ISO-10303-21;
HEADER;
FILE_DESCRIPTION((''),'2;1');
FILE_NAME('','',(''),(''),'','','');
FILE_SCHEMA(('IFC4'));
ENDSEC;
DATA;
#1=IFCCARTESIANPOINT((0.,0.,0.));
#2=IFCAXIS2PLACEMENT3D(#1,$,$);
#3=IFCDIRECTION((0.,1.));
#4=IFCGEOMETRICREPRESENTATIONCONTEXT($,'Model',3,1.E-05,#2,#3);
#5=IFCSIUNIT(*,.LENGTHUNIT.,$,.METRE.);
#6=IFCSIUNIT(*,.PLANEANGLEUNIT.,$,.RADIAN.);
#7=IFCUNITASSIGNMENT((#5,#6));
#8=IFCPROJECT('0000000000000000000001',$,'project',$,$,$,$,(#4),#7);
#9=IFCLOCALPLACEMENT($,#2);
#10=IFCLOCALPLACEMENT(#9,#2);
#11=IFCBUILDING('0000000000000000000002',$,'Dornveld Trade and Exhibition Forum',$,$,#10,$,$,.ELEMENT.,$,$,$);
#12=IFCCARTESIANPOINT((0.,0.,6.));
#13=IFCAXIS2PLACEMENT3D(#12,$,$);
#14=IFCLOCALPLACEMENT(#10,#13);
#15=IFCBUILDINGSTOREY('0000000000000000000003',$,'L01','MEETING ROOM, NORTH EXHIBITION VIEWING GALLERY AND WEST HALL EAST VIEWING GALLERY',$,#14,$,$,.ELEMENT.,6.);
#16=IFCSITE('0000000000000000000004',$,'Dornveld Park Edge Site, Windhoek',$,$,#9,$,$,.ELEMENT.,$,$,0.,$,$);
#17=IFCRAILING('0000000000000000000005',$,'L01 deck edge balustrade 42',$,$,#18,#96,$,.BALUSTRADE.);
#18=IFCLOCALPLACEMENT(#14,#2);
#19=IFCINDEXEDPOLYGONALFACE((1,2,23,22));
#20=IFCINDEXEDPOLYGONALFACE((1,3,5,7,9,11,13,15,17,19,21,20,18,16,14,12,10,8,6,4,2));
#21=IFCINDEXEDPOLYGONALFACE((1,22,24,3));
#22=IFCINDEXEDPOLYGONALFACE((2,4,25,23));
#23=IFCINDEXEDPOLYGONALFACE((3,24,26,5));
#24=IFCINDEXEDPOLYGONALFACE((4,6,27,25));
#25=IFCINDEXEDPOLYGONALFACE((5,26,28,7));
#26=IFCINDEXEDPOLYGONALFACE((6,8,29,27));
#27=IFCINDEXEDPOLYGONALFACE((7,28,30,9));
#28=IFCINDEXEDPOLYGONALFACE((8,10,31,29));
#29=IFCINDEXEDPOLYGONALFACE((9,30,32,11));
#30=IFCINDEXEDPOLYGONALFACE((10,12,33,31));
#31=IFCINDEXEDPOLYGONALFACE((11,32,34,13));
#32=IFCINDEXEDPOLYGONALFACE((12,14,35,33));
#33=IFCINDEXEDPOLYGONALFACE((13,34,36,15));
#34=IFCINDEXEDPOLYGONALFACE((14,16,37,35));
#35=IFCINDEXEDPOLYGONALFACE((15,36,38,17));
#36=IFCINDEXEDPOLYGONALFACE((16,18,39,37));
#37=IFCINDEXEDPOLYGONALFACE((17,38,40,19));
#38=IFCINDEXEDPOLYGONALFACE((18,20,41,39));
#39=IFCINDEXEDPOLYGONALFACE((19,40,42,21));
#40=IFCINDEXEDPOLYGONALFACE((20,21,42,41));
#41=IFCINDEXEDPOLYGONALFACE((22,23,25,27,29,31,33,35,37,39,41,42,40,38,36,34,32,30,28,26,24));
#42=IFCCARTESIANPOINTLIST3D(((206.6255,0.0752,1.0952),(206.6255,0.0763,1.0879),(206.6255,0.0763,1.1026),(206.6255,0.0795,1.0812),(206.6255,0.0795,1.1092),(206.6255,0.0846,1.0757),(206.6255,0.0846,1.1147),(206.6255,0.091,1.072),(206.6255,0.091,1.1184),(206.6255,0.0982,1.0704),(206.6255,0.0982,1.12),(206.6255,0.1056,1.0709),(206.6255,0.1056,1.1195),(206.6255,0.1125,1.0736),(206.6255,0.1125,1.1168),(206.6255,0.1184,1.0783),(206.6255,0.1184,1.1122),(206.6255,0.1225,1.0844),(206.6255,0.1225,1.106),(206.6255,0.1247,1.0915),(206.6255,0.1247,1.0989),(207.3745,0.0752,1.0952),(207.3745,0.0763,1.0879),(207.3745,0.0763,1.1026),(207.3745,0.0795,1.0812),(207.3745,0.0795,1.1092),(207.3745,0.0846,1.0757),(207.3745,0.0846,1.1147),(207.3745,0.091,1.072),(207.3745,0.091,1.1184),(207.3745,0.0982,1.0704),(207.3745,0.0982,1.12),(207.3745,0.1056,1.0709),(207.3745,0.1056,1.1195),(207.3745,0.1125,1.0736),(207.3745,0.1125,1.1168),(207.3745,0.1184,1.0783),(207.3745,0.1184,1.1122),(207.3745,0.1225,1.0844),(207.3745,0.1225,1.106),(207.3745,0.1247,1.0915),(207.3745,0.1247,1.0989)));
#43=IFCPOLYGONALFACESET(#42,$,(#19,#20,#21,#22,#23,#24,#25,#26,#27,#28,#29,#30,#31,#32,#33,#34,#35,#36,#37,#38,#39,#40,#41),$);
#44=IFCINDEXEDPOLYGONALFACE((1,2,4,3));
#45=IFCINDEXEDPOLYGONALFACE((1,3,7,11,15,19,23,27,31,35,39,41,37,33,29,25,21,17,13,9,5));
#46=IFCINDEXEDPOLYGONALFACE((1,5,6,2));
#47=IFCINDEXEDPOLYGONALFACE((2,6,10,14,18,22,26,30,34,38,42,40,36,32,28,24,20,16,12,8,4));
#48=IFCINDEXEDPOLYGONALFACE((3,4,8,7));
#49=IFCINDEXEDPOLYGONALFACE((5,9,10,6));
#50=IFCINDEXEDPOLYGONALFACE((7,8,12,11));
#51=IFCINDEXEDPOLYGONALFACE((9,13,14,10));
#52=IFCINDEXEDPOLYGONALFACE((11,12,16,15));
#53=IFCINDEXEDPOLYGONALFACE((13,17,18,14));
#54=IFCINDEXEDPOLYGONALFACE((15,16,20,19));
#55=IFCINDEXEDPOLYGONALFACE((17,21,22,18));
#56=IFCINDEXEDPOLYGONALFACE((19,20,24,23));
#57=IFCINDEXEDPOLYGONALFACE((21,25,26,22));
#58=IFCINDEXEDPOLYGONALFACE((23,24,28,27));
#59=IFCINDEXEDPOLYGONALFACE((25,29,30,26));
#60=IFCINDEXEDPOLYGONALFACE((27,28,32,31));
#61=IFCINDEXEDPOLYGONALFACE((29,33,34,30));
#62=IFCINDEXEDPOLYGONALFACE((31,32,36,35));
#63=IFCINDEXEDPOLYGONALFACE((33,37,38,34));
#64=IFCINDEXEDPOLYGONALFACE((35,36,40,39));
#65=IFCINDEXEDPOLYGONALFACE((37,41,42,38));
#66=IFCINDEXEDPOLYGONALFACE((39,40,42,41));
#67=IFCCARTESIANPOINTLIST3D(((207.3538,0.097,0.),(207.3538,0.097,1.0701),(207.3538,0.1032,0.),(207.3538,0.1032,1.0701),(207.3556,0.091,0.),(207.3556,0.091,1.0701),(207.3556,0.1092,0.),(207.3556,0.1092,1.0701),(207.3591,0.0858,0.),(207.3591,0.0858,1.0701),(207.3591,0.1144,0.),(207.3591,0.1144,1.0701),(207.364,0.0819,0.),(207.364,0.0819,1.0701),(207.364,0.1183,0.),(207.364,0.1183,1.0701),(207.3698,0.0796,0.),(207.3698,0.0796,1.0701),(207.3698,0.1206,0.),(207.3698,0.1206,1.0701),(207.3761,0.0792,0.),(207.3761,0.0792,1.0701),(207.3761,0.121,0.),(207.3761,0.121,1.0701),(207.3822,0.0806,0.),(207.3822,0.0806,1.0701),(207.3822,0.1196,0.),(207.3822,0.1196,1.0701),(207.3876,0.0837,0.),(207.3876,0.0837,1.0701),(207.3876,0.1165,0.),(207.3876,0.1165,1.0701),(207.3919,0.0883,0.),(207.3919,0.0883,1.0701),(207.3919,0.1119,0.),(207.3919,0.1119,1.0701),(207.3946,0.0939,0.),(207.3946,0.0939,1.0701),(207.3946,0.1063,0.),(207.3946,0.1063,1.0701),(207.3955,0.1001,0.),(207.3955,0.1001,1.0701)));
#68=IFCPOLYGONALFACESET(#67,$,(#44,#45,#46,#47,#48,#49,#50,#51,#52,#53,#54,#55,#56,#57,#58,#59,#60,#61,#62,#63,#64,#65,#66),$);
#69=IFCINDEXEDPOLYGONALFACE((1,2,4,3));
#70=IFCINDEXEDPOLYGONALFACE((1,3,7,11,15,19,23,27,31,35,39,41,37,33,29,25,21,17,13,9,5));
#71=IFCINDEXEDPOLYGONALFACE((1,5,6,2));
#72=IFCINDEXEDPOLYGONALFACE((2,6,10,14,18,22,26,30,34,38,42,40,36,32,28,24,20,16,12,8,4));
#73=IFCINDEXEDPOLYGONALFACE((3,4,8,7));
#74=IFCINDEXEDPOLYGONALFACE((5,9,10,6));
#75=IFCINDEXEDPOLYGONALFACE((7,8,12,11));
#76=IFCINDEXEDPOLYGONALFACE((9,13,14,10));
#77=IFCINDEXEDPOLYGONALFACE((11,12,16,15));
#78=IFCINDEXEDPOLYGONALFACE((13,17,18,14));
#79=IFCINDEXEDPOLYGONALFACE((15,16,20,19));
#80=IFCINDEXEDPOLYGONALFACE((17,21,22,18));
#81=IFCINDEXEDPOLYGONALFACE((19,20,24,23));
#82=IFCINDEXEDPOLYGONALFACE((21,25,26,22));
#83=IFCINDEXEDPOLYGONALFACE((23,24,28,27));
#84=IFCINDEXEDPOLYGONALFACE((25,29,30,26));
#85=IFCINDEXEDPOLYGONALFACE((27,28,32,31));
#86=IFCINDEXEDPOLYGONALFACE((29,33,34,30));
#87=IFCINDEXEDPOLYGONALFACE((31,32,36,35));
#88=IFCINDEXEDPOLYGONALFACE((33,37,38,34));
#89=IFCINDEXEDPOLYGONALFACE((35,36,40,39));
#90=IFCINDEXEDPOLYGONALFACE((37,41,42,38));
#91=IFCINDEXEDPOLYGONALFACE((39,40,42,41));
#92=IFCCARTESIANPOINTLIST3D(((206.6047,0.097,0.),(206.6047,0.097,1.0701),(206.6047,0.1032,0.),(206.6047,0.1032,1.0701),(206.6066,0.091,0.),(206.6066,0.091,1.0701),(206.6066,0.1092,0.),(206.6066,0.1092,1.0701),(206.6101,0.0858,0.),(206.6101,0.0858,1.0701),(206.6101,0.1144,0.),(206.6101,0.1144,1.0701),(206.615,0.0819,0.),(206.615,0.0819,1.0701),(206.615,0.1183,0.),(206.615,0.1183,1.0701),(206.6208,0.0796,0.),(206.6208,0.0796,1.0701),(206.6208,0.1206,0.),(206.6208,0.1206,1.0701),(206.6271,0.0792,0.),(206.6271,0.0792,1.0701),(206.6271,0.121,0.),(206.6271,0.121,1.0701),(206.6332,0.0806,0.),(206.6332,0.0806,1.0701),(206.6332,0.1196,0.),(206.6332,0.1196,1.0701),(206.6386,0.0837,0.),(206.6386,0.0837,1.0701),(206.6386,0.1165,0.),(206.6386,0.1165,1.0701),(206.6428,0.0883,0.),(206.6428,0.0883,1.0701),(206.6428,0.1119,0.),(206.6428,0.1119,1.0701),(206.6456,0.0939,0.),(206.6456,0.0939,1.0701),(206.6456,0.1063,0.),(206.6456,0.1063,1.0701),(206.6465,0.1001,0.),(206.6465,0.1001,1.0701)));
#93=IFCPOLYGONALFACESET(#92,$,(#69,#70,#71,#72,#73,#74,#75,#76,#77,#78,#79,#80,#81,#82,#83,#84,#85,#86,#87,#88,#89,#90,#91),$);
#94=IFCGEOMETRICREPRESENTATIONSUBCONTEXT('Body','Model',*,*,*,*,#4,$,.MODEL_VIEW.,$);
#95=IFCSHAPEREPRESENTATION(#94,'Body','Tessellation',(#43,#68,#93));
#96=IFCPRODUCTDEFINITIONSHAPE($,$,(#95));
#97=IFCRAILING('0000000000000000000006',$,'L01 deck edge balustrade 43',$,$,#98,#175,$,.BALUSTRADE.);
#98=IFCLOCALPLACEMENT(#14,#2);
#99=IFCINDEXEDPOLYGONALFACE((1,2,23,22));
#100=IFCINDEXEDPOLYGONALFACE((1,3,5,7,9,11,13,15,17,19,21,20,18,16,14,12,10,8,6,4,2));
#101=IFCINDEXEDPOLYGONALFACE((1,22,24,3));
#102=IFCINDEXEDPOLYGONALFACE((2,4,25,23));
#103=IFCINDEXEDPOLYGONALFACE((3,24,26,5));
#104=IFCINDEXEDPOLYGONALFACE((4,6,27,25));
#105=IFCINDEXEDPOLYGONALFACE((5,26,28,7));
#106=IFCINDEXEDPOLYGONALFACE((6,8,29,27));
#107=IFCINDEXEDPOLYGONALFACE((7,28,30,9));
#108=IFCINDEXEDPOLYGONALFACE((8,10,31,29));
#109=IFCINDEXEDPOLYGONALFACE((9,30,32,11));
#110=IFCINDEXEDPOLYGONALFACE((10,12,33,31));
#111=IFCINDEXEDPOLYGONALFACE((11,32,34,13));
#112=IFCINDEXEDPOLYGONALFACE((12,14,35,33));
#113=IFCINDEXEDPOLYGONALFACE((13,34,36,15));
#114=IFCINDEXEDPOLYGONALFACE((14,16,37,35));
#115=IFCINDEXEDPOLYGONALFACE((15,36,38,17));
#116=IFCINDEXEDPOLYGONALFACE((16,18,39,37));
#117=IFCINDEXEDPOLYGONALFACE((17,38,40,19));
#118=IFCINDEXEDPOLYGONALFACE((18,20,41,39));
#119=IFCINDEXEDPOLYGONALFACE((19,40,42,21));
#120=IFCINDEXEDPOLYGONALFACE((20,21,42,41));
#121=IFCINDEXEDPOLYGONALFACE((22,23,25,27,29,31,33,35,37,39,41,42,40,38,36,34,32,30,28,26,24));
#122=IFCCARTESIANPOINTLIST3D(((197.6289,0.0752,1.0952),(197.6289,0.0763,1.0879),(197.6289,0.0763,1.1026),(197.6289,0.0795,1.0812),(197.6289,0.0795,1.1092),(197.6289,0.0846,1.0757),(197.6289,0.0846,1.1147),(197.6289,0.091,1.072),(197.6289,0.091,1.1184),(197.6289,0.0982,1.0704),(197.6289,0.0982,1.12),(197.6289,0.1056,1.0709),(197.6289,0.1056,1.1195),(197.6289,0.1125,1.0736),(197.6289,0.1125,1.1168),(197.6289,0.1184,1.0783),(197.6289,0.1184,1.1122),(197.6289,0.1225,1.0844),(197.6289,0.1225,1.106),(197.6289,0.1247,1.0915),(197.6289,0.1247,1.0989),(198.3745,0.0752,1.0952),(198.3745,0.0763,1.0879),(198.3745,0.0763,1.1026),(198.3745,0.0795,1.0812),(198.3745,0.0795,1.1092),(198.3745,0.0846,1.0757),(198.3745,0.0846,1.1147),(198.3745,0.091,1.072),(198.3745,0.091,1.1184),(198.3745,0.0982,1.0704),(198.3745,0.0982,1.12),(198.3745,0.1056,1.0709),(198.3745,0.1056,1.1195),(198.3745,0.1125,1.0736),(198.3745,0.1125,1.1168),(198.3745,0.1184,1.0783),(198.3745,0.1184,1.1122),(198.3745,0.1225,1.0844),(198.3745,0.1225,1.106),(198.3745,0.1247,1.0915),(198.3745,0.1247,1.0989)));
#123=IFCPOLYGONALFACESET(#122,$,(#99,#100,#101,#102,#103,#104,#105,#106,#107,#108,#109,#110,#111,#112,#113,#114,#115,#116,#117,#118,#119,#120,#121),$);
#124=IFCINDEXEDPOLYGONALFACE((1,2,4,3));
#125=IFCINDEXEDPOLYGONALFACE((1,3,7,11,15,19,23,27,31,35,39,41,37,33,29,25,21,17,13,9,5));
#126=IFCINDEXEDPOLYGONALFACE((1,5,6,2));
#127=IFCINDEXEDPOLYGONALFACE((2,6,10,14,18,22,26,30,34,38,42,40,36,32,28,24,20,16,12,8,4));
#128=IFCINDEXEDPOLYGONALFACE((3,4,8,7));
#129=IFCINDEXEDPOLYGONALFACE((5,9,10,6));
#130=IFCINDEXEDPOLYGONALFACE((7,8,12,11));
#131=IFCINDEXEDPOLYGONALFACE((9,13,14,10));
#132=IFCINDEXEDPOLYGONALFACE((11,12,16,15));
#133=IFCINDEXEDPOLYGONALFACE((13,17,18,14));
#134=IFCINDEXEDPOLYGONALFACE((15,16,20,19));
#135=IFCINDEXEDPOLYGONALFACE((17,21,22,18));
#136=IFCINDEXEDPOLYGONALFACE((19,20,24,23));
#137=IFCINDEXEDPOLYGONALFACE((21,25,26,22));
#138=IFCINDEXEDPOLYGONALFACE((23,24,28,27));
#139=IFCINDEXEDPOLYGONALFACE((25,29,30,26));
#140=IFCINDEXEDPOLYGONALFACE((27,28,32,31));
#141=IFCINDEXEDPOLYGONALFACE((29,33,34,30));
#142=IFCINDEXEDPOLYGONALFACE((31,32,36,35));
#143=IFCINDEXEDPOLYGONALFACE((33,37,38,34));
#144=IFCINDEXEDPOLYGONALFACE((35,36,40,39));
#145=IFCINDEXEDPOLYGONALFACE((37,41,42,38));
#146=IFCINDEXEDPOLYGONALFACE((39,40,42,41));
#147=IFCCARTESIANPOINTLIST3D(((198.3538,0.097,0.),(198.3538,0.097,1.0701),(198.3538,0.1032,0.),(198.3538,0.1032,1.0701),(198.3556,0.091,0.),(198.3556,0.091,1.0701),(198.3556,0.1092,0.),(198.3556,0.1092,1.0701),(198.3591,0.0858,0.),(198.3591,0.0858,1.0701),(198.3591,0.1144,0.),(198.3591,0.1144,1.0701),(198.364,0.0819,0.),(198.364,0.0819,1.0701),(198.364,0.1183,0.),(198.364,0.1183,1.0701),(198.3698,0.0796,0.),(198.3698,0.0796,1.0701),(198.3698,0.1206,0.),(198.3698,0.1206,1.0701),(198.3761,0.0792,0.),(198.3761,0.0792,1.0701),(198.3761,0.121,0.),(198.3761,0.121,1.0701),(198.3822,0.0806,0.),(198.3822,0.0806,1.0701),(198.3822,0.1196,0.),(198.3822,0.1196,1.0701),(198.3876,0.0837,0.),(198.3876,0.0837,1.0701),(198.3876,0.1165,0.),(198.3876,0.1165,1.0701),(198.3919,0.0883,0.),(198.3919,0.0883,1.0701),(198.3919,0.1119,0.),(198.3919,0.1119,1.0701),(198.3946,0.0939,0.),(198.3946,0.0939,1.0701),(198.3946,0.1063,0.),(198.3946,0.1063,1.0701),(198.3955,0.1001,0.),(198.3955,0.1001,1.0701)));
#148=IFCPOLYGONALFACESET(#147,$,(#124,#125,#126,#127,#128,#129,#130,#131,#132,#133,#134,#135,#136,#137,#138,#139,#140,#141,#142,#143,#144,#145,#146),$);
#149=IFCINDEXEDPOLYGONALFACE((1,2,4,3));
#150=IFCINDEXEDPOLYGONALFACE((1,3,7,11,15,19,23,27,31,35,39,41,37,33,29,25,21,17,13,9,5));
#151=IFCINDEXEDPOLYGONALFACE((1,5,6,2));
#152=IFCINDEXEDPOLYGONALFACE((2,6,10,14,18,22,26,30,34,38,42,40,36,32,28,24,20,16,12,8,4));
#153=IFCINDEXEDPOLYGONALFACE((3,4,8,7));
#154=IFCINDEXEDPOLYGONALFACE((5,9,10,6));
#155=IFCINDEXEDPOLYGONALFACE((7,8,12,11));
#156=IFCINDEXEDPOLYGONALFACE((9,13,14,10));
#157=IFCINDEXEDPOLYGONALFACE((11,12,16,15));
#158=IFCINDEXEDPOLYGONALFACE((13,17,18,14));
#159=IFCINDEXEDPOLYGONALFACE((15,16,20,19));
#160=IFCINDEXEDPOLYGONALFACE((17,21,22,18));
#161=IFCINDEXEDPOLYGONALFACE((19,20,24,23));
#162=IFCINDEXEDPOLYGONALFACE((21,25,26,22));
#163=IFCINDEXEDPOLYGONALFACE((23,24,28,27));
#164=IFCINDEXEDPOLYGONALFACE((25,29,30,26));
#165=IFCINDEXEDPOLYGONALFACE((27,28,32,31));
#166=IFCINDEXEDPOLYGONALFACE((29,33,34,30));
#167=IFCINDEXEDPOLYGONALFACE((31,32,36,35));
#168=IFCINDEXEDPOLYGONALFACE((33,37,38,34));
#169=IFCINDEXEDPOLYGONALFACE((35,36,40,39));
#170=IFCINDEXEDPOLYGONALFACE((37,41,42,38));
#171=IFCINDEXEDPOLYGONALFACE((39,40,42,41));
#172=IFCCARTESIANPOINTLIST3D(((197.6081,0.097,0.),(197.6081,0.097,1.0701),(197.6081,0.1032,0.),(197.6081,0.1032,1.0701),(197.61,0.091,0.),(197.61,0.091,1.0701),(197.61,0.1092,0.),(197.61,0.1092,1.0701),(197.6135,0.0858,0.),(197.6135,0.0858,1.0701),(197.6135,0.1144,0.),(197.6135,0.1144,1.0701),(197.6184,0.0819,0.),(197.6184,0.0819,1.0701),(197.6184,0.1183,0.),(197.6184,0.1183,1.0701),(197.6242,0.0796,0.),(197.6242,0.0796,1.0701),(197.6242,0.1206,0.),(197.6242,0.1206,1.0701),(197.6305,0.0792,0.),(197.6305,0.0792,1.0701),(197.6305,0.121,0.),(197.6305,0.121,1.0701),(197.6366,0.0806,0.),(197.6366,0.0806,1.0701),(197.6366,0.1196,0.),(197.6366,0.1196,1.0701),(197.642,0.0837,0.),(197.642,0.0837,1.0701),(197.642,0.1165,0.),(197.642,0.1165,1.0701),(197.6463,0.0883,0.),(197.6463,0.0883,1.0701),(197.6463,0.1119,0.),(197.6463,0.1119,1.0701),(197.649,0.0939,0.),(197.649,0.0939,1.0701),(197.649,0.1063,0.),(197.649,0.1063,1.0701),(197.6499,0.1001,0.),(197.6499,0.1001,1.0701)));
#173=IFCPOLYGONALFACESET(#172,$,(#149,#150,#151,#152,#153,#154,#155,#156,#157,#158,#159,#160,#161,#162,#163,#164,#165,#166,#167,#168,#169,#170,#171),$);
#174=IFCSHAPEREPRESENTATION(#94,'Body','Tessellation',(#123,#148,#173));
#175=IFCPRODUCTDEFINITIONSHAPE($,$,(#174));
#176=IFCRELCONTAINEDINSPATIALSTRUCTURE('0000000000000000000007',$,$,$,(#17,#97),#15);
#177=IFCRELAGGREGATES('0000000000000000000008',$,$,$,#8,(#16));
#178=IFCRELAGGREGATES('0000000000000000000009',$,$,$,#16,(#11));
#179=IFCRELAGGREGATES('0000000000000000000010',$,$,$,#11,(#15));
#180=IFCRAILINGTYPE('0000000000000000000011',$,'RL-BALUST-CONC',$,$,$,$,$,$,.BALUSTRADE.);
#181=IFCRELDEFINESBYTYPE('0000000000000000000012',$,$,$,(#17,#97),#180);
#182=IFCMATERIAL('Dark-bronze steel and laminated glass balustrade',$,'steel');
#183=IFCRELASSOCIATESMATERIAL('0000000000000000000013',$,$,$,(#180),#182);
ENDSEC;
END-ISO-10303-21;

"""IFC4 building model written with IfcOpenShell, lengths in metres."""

from ifc_helpers import new_model, si_unit, direction, frame, origin, origin_2d, place, context, subcontext, project, spatial, circle, extrude, material, type_object, element, save


model = new_model("IFC4")

# Units and contexts
model_context = context("Model", 3, precision=1e-05, world=origin(), true_north=direction((0.0, 1.0)))
body_context = subcontext(model_context, "Body", "Model", "MODEL_VIEW")
ifc_project = project(units=[si_unit("LENGTHUNIT", "METRE"), si_unit("PLANEANGLEUNIT", "RADIAN")], contexts=[model_context])

# Site, building, storey
site_placement = place(None, origin())
site = spatial("IfcSite", under=ifc_project, at=site_placement, Name="Dornveld Park Edge Site, Windhoek", CompositionType="ELEMENT", RefElevation=0.0)
building_placement = place(site_placement, origin())
building = spatial("IfcBuilding", under=site, at=building_placement, Name="Dornveld Trade and Exhibition Forum", CompositionType="ELEMENT")
storey_placement = place(building_placement, frame((0.0, 0.0, 6.0)))
storey = spatial("IfcBuildingStorey", under=building, at=storey_placement, Name="L01", Description="MEETING ROOM, NORTH EXHIBITION VIEWING GALLERY AND WEST HALL EAST VIEWING GALLERY", CompositionType="ELEMENT", Elevation=6.0)

# Railings
ifc_material_1 = material(Name="Dark-bronze steel and laminated glass balustrade", Category="steel")
railing_type = type_object("IfcRailingType", Name="RL-BALUST-CONC", PredefinedType="BALUSTRADE", material=ifc_material_1)
railing_1_placement = place(storey_placement, frame((207.3745, 0.1001, 0.0)))
element("IfcRailing", 1, at=railing_1_placement, inside=storey, type_object=railing_type, Name="L01 deck edge balustrade 42", PredefinedType="BALUSTRADE", context=body_context, shape_type="SweptSolid", body=[
    extrude(circle(Radius=0.0249, at=origin_2d()), frame((0.0, 0.0, 1.0952), z_axis=(-1.0, 0.0, 0.0), x_axis=(0.0, -1.0, 0.0)), (0.0, 0.0, 1.0), 0.749),
    extrude(circle(Radius=0.021, at=origin_2d()), origin(), (0.0, 0.0, 1.0), 1.0701),
    extrude(circle(Radius=0.021, at=origin_2d()), frame((-0.749, 0.0, 0.0)), (0.0, 0.0, 1.0), 1.0701),
])
railing_2_placement = place(storey_placement, frame((198.3745, 0.1001, 0.0)))
element("IfcRailing", 2, at=railing_2_placement, inside=storey, type_object=railing_type, Name="L01 deck edge balustrade 43", PredefinedType="BALUSTRADE", context=body_context, shape_type="SweptSolid", body=[
    extrude(circle(Radius=0.0249, at=origin_2d()), frame((0.0, 0.0, 1.0952), z_axis=(-1.0, 0.0, 0.0), x_axis=(0.0, -1.0, 0.0)), (0.0, 0.0, 1.0), 0.7456),
    extrude(circle(Radius=0.021, at=origin_2d()), origin(), (0.0, 0.0, 1.0), 1.0701),
    extrude(circle(Radius=0.021, at=origin_2d()), frame((-0.7456, 0.0, 0.0)), (0.0, 0.0, 1.0), 1.0701),
])

save(model, "model.ifc")
